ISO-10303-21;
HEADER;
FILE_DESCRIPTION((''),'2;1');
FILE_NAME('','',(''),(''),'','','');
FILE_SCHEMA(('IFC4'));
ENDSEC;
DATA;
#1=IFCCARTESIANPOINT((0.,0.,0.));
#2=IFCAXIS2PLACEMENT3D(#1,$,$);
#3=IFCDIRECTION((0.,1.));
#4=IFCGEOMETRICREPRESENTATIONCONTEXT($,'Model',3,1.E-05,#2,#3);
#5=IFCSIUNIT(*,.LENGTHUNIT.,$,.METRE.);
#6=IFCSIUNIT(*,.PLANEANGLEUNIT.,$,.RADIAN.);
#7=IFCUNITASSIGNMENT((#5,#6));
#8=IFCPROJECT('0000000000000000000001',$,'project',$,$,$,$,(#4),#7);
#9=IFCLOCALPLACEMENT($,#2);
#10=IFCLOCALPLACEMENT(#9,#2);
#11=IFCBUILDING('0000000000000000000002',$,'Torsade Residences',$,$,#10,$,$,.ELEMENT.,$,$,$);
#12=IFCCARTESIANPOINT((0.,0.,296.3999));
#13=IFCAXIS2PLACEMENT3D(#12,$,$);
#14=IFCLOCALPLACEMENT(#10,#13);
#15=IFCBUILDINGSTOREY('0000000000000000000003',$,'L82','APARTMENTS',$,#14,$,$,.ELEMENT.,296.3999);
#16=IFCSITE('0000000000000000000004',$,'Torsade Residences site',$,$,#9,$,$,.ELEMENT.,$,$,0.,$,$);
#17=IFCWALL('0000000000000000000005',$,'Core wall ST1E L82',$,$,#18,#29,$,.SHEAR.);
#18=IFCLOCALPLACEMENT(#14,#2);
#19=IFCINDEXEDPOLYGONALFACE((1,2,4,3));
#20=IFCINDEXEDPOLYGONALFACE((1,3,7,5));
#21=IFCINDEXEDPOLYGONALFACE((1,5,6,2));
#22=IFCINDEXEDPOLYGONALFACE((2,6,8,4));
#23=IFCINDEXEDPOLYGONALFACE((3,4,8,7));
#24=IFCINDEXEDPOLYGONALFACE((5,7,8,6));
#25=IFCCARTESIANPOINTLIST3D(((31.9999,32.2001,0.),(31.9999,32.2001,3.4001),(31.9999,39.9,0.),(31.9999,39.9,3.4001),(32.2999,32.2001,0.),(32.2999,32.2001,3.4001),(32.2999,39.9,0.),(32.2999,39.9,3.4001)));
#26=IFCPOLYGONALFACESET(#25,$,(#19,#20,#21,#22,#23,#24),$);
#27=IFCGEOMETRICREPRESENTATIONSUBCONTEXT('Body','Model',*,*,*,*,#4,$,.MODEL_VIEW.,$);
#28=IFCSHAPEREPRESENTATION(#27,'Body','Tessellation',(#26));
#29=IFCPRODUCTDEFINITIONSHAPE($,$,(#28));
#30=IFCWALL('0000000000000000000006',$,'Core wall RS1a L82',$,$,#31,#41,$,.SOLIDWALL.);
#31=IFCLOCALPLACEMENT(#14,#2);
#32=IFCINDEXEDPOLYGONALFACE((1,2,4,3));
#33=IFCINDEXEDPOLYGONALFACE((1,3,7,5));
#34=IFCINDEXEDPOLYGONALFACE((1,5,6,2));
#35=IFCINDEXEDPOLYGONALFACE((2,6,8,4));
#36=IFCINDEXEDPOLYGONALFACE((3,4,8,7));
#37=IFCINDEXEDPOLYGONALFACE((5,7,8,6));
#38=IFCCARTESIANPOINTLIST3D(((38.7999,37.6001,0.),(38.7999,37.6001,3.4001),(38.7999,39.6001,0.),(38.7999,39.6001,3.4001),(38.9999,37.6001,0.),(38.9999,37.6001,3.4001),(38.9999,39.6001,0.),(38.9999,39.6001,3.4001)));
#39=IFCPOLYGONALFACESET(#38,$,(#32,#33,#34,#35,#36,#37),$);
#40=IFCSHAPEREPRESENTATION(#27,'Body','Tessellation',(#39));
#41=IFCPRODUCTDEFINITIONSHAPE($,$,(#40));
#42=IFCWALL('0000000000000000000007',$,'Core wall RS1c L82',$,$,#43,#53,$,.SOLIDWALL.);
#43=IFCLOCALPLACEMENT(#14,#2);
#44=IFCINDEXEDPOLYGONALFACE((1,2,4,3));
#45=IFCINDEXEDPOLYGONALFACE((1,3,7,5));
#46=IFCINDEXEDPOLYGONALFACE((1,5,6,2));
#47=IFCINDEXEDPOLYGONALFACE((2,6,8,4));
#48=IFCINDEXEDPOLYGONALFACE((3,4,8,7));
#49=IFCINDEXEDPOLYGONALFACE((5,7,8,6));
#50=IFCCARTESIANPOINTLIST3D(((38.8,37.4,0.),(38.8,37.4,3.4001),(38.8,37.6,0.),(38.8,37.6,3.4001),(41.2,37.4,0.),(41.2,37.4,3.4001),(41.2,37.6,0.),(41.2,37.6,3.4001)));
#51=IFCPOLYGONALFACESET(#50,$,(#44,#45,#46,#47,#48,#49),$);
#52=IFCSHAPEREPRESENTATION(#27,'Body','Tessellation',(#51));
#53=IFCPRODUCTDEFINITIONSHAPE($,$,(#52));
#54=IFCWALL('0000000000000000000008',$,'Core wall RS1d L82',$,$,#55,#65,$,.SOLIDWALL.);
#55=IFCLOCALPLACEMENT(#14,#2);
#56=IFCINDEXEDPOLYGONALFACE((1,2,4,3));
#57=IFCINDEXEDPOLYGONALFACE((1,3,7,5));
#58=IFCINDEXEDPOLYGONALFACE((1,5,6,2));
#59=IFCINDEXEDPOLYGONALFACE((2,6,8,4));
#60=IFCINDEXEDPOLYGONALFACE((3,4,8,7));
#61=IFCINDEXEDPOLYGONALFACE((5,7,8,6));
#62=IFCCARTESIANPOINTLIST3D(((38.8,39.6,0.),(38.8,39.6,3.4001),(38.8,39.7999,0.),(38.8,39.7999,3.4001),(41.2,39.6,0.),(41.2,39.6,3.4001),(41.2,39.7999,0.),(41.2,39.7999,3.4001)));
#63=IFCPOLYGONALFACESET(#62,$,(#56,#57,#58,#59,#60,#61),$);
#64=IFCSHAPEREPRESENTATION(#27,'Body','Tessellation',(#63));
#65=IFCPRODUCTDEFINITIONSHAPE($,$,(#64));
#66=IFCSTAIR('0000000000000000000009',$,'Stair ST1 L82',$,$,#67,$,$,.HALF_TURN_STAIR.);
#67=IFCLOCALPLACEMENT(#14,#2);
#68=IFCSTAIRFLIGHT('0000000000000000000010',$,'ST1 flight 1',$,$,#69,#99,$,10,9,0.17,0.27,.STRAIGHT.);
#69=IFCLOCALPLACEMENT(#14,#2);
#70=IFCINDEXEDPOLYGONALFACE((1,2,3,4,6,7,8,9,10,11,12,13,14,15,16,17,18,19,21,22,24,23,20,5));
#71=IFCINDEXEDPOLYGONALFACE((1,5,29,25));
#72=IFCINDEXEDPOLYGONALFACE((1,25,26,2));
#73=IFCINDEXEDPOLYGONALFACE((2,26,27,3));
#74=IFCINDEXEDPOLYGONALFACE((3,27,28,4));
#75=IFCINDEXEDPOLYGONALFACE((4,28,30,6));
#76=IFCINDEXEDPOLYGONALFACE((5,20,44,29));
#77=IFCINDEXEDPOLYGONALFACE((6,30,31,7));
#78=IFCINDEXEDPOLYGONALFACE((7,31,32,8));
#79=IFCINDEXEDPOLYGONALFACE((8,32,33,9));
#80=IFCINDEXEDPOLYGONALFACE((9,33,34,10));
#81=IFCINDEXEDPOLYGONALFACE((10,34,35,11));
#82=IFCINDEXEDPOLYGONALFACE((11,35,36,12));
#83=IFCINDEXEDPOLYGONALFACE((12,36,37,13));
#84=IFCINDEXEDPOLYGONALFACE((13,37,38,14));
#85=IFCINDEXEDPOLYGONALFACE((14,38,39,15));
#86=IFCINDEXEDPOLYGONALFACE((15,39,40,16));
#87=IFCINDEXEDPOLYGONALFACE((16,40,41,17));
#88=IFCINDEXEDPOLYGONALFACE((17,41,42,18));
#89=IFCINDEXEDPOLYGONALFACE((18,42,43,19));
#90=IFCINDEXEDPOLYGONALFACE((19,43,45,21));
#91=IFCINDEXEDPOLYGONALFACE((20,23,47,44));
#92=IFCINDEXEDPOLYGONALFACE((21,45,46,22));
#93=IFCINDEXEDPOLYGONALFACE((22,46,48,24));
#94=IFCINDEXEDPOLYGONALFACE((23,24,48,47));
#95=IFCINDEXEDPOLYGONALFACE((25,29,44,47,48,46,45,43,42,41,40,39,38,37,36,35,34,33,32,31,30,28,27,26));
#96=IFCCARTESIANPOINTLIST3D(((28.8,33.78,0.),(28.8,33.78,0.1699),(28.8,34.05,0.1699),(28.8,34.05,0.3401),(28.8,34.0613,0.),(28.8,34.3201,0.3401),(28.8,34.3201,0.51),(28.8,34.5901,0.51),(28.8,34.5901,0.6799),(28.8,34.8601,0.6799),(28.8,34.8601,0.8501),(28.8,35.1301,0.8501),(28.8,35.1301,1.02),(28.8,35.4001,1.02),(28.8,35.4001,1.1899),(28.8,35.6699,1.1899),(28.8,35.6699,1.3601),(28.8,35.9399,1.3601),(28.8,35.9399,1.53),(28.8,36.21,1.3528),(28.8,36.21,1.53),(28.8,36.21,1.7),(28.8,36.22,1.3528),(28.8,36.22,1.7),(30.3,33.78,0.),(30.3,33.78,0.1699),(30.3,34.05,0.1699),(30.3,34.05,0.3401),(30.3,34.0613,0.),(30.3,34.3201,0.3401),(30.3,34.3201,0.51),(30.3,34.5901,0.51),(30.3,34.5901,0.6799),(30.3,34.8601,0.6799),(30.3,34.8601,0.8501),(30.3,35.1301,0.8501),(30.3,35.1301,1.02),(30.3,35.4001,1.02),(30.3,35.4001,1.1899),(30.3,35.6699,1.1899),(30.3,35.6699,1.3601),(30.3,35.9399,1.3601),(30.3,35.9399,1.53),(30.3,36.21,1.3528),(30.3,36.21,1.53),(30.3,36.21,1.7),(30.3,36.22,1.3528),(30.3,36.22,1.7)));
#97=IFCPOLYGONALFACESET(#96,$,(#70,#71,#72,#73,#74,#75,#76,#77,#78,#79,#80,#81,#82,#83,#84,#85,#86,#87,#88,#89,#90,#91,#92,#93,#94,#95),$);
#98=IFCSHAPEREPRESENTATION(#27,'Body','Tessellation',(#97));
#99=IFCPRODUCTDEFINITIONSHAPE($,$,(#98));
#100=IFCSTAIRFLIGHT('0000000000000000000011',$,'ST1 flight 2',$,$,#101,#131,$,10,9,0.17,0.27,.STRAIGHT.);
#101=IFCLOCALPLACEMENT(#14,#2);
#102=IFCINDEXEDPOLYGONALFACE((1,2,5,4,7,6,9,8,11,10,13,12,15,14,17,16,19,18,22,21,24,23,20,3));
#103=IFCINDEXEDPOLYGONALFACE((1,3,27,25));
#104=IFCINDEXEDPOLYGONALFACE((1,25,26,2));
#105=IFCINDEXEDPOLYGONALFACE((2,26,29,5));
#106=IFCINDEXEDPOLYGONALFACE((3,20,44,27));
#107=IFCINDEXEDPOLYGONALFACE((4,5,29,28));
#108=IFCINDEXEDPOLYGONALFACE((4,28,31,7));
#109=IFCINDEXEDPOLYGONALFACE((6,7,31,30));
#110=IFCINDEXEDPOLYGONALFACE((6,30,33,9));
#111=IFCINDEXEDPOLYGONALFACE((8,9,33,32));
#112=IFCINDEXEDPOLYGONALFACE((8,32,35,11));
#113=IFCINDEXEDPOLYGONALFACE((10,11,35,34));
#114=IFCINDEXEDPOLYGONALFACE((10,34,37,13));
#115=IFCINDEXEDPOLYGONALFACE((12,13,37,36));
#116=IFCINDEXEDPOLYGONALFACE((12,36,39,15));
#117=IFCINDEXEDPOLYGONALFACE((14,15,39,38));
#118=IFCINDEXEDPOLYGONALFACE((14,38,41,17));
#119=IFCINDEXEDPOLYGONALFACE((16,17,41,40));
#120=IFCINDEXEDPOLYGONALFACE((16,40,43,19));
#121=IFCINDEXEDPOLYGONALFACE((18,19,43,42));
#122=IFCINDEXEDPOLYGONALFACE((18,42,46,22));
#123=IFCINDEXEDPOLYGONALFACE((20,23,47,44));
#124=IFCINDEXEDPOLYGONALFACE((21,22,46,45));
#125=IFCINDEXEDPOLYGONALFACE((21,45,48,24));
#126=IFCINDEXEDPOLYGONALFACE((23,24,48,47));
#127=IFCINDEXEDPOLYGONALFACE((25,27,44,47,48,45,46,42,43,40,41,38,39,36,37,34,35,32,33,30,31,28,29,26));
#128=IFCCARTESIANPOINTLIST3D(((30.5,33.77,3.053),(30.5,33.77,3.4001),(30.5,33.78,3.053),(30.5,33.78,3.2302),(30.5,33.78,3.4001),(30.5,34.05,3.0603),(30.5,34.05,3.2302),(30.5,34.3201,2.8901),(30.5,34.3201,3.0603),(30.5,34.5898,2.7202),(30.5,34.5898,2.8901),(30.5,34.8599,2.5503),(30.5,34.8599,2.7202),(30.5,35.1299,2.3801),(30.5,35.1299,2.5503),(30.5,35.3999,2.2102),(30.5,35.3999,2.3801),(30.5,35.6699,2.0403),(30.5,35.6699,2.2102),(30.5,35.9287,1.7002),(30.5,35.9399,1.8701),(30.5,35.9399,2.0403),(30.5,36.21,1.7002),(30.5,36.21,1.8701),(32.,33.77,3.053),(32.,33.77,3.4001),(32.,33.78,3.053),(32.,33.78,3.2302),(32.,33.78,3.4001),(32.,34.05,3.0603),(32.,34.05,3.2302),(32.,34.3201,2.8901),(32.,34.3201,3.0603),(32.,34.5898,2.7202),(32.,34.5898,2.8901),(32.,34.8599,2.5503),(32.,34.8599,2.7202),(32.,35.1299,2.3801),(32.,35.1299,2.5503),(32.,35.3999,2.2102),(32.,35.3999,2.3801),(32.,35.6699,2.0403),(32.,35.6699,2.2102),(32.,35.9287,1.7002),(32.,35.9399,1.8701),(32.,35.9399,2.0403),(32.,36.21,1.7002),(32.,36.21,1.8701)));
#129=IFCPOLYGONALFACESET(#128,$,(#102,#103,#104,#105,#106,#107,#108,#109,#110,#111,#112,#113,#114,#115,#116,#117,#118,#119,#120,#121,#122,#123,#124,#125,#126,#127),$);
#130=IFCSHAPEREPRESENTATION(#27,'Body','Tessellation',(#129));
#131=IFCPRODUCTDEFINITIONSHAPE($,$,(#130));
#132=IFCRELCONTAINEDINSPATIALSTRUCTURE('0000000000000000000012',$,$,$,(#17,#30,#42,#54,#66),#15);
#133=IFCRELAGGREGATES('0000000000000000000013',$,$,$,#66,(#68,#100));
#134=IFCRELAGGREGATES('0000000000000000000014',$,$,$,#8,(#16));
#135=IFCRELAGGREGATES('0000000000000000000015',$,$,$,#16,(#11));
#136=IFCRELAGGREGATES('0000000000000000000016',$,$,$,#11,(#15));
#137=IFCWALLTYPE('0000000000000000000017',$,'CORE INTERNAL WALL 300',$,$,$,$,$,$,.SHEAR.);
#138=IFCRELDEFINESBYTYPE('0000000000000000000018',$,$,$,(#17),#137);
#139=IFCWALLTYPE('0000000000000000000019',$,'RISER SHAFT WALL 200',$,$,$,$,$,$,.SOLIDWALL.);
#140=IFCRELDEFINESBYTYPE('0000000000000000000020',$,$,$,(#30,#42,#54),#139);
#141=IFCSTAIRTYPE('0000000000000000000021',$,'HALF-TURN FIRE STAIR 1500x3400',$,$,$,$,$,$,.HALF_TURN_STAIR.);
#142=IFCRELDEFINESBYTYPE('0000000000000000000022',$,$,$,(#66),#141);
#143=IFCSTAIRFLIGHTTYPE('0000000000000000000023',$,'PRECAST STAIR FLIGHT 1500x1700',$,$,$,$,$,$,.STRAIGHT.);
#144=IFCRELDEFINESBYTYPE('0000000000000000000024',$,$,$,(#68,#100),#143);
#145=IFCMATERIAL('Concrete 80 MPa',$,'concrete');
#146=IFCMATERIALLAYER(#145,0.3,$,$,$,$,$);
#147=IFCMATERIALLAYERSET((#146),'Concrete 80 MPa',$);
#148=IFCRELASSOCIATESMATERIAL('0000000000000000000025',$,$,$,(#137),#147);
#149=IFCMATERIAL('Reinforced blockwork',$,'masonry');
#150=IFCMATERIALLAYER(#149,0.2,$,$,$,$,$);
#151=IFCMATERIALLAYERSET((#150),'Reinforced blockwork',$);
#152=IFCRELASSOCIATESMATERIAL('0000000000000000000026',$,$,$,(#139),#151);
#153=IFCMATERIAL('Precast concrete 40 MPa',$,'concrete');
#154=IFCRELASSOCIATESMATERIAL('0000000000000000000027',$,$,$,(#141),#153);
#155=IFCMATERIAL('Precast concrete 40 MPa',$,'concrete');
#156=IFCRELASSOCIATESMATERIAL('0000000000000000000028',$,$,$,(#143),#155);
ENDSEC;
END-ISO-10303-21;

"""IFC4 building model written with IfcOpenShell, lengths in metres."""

from ifc_helpers import new_model, si_unit, direction, frame, frame_2d, origin, place, context, subcontext, project, spatial, polyline, rectangle, outline, extrude, material, layer, layer_set, type_object, element, aggregate, save


model = new_model("IFC4")

# Units and contexts
model_context = context("Model", 3, precision=1e-05, world=origin(), true_north=direction((0.0, 1.0)))
body_context = subcontext(model_context, "Body", "Model", "MODEL_VIEW")
ifc_project = project(units=[si_unit("LENGTHUNIT", "METRE"), si_unit("PLANEANGLEUNIT", "RADIAN")], contexts=[model_context])

# Site, building, storey
site_placement = place(None, origin())
site = spatial("IfcSite", under=ifc_project, at=site_placement, Name="Torsade Residences site", CompositionType="ELEMENT", RefElevation=0.0)
building_placement = place(site_placement, origin())
building = spatial("IfcBuilding", under=site, at=building_placement, Name="Torsade Residences", CompositionType="ELEMENT")
storey_placement = place(building_placement, frame((0.0, 0.0, 296.3999)))
storey = spatial("IfcBuildingStorey", under=building, at=storey_placement, Name="L82", Description="APARTMENTS", CompositionType="ELEMENT", Elevation=296.3999)

# Shared definitions
ifc_material_1 = material(Name="Concrete 80 MPa", Category="concrete")
ifc_layer_1 = layer(ifc_material_1, 0.3)
ifc_layer_set_1 = layer_set([ifc_layer_1], Name="Concrete 80 MPa")
wall_type_1 = type_object("IfcWallType", Name="CORE INTERNAL WALL 300", PredefinedType="SHEAR", material=ifc_layer_set_1)

# Walls
wall_1_placement = place(storey_placement, frame((32.1499, 32.2, 0.0), z_axis=(0.0, 0.0, 1.0), x_axis=(0.0, 1.0, 0.0)))
element("IfcWall", 1, at=wall_1_placement, inside=storey, type_object=wall_type_1, Name="Core wall ST1E L82", PredefinedType="SHEAR", context=body_context, shape_type="SweptSolid", body=[
    extrude(rectangle(XDim=7.7, YDim=0.3, at=frame_2d((3.8501, 0.0))), origin(), (0.0, 0.0, 1.0), 3.4001),
])
ifc_material_2 = material(Name="Reinforced blockwork", Category="masonry")
ifc_layer_2 = layer(ifc_material_2, 0.2)
ifc_layer_set_2 = layer_set([ifc_layer_2], Name="Reinforced blockwork")
wall_type_2 = type_object("IfcWallType", Name="RISER SHAFT WALL 200", PredefinedType="SOLIDWALL", material=ifc_layer_set_2)
wall_2_placement = place(storey_placement, frame((38.8999, 37.6001, 0.0), z_axis=(0.0, 0.0, 1.0), x_axis=(0.0, 1.0, 0.0)))
element("IfcWall", 2, at=wall_2_placement, inside=storey, type_object=wall_type_2, Name="Core wall RS1a L82", PredefinedType="SOLIDWALL", context=body_context, shape_type="SweptSolid", body=[
    extrude(rectangle(XDim=2.0, YDim=0.2, at=frame_2d((1.0, 0.0))), origin(), (0.0, 0.0, 1.0), 3.4001),
])
for number, where, z_axis, x_axis, name in (
    (3, (38.8, 37.5, 0.0), (0.0, 0.0, 1.0), (1.0, 0.0, 0.0), "Core wall RS1c L82"),
    (4, (38.8, 39.7, 0.0), (0.0, 0.0, 1.0), (1.0, 0.0, 0.0), "Core wall RS1d L82"),
):
    element("IfcWall", number, at=place(storey_placement, frame(where, z_axis=z_axis, x_axis=x_axis)), inside=storey, type_object=wall_type_2, Name=name, PredefinedType="SOLIDWALL", context=body_context, shape_type="SweptSolid", body=[
        extrude(rectangle(XDim=2.3999, YDim=0.2, at=frame_2d((1.2, 0.0))), origin(), (0.0, 0.0, 1.0), 3.4001),
    ])

# Stair, stair flights
ifc_material_3 = material(Name="Precast concrete 40 MPa", Category="concrete")
stair_type = type_object("IfcStairType", Name="HALF-TURN FIRE STAIR 1500x3400", PredefinedType="HALF_TURN_STAIR", material=ifc_material_3)
stair_placement = place(storey_placement, origin())
stair = element("IfcStair", 5, at=stair_placement, inside=storey, type_object=stair_type, Name="Stair ST1 L82", PredefinedType="HALF_TURN_STAIR")
ifc_material_4 = material(Name="Precast concrete 40 MPa", Category="concrete")
stair_flight_type = type_object("IfcStairFlightType", Name="PRECAST STAIR FLIGHT 1500x1700", PredefinedType="STRAIGHT", material=ifc_material_4)
stair_flight_1_placement = place(storey_placement, frame((29.55, 33.78, 0.0), z_axis=(0.0, 0.0, 1.0), x_axis=(0.0, 1.0, 0.0)))
stair_flight_1 = element("IfcStairFlight", 6, at=stair_flight_1_placement, type_object=stair_flight_type, Name="ST1 flight 1", NumberOfRisers=10, NumberOfTreads=9, PredefinedType="STRAIGHT", RiserHeight=0.17, TreadLength=0.27, context=body_context, shape_type="SweptSolid", body=[
    extrude(outline(polyline([(0.0, 0.0), (0.0, 0.1699), (0.27, 0.1699), (0.27, 0.3401), (0.54, 0.3401), (0.54, 0.51), (0.8101, 0.51), (0.8101, 0.6799), (1.0801, 0.6799), (1.0801, 0.8501), (1.3501, 0.8501), (1.3501, 1.02), (1.6201, 1.02), (1.6201, 1.1899), (1.8899, 1.1899), (1.8899, 1.3601), (2.1599, 1.3601), (2.1599, 1.53), (2.4299, 1.53), (2.4299, 1.7), (2.4399, 1.7), (2.4399, 1.3528), (2.4299, 1.3528), (0.2812, 0.0), (0.0, 0.0)])), frame((0.0, 0.75, 0.0), z_axis=(0.0, -1.0, 0.0), x_axis=(1.0, 0.0, 0.0)), (0.0, 0.0, 1.0), 1.5),
])
stair_flight_2_placement = place(storey_placement, frame((31.25, 36.21, 1.7002), z_axis=(0.0, 0.0, 1.0), x_axis=(0.0, -1.0, 0.0)))
stair_flight_2 = element("IfcStairFlight", 7, at=stair_flight_2_placement, type_object=stair_flight_type, Name="ST1 flight 2", NumberOfRisers=10, NumberOfTreads=9, PredefinedType="STRAIGHT", RiserHeight=0.17, TreadLength=0.27, context=body_context, shape_type="SweptSolid", body=[
    extrude(outline(polyline([(0.0, 0.0), (0.0, 0.1699), (0.27, 0.1699), (0.27, 0.3401), (0.54, 0.3401), (0.54, 0.51), (0.8101, 0.51), (0.8101, 0.6799), (1.0801, 0.6799), (1.0801, 0.8501), (1.3501, 0.8501), (1.3501, 1.02), (1.6201, 1.02), (1.6201, 1.1899), (1.8899, 1.1899), (1.8899, 1.3601), (2.1599, 1.3601), (2.1599, 1.53), (2.4299, 1.53), (2.4299, 1.7), (2.4399, 1.7), (2.4399, 1.3528), (2.4299, 1.3528), (0.2812, 0.0), (0.0, 0.0)])), frame((0.0, 0.75, 0.0), z_axis=(0.0, -1.0, 0.0), x_axis=(1.0, 0.0, 0.0)), (0.0, 0.0, 1.0), 1.5),
])
aggregate(stair, [stair_flight_1, stair_flight_2])

save(model, "model.ifc")
